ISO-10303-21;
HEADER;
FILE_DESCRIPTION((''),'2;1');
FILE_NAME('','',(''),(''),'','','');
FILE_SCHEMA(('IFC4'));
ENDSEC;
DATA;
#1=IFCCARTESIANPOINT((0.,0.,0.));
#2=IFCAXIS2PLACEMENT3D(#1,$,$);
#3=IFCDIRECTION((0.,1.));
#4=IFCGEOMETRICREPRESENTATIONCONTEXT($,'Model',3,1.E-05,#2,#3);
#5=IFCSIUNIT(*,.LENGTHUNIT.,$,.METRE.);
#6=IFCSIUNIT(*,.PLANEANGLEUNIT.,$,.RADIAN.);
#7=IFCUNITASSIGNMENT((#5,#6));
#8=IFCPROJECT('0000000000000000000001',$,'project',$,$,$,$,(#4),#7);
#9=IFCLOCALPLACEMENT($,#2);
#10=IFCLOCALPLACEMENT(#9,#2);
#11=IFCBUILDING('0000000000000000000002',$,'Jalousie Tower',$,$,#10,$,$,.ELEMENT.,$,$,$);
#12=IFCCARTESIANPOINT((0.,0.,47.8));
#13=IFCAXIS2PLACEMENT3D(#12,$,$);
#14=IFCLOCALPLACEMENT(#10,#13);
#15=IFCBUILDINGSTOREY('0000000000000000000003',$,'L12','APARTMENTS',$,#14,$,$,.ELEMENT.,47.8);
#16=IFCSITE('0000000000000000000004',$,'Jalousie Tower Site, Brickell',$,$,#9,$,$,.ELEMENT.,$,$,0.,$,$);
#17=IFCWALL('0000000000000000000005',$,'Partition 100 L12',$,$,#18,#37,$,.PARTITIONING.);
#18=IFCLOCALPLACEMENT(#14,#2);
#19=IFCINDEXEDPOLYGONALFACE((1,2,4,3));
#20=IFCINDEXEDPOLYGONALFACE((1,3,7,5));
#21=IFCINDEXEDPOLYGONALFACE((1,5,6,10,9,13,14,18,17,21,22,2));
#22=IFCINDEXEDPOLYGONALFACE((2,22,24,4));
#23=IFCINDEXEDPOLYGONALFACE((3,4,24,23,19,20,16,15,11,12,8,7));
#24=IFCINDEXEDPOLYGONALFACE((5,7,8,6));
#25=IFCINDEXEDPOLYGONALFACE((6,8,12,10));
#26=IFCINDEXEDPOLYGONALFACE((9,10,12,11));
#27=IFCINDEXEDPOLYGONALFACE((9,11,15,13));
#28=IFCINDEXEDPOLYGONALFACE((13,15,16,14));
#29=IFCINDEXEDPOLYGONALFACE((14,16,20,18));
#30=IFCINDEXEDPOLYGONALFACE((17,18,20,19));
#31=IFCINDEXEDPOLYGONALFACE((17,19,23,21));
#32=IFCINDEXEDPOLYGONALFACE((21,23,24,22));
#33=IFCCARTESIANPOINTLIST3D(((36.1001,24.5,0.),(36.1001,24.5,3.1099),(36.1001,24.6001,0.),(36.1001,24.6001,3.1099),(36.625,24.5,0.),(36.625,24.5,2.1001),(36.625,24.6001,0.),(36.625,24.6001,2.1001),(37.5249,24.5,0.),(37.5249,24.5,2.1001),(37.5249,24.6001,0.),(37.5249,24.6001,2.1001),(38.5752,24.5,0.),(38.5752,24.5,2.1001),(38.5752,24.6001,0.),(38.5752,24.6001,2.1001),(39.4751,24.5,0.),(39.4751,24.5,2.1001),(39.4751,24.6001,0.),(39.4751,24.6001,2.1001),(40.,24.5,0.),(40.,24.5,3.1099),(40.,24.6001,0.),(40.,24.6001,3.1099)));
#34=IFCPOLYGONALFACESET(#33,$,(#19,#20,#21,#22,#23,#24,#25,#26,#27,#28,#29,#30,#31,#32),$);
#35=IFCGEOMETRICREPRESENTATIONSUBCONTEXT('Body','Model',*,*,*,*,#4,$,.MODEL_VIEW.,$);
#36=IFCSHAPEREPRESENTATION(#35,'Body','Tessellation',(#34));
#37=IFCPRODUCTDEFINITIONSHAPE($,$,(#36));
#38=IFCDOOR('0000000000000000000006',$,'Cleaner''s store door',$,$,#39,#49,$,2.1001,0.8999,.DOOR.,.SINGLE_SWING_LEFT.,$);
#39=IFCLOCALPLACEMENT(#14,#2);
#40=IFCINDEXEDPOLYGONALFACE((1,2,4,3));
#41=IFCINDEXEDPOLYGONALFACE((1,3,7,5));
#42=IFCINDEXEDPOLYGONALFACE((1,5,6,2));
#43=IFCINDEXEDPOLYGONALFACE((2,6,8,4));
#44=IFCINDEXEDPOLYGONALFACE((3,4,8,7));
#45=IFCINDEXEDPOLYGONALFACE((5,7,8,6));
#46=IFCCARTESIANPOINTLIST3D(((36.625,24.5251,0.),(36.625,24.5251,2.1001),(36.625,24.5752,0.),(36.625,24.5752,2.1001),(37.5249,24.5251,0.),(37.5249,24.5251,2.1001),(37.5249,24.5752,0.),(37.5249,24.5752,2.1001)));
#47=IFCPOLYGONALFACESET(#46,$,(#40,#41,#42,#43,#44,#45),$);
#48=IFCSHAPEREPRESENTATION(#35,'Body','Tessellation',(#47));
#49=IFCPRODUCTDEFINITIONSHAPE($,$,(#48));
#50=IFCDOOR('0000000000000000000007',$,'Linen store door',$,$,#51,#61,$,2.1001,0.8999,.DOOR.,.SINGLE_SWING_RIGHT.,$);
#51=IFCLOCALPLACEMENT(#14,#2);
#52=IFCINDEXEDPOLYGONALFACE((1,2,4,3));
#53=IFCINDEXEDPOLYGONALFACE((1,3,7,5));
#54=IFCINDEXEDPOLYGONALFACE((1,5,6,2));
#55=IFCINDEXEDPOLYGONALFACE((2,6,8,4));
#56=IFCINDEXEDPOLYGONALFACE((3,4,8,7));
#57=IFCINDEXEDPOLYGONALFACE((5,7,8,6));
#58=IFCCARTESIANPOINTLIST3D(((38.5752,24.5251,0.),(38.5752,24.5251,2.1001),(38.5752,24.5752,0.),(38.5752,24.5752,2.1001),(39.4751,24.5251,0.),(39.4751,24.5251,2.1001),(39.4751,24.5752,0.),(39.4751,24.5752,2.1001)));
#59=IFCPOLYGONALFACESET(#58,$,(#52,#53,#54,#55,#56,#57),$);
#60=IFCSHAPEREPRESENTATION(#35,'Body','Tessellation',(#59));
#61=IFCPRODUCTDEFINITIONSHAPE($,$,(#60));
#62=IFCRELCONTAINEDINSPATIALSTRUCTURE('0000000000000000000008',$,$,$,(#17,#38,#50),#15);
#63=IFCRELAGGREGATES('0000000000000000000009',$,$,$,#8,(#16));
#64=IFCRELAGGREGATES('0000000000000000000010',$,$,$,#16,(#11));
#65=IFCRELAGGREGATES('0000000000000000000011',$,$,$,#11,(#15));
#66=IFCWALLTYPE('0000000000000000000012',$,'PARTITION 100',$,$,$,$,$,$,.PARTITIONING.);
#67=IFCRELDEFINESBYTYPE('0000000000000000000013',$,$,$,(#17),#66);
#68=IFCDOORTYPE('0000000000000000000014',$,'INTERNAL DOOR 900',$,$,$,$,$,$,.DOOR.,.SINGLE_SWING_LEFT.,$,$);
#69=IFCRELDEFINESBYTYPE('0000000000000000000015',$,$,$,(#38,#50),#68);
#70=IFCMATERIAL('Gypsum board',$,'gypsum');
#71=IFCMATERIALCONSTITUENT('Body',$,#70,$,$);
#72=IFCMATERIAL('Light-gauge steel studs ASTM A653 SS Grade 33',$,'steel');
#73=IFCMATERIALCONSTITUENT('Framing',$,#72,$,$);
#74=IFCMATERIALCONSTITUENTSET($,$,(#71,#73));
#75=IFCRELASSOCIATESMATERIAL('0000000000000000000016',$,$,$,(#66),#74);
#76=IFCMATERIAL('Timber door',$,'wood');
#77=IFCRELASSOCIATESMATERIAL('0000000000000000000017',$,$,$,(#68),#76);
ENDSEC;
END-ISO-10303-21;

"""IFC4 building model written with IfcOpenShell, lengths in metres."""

from ifc_helpers import new_model, si_unit, direction, frame, frame_2d, origin, place, context, subcontext, project, spatial, rectangle, extrude, material, constituent, constituent_set, type_object, element, fill, save


model = new_model("IFC4")

# Units and contexts
model_context = context("Model", 3, precision=1e-05, world=origin(), true_north=direction((0.0, 1.0)))
body_context = subcontext(model_context, "Body", "Model", "MODEL_VIEW")
ifc_project = project(units=[si_unit("LENGTHUNIT", "METRE"), si_unit("PLANEANGLEUNIT", "RADIAN")], contexts=[model_context])

# Site, building, storey
site_placement = place(None, origin())
site = spatial("IfcSite", under=ifc_project, at=site_placement, Name="Jalousie Tower Site, Brickell", CompositionType="ELEMENT", RefElevation=0.0)
building_placement = place(site_placement, origin())
building = spatial("IfcBuilding", under=site, at=building_placement, Name="Jalousie Tower", CompositionType="ELEMENT")
storey_placement = place(building_placement, frame((0.0, 0.0, 47.8)))
storey = spatial("IfcBuildingStorey", under=building, at=storey_placement, Name="L12", Description="APARTMENTS", CompositionType="ELEMENT", Elevation=47.8)

# Shared definitions
ifc_material_1 = material(Name="Gypsum board", Category="gypsum")
ifc_constituent_1 = constituent(ifc_material_1, Name="Body")
ifc_material_2 = material(Name="Light-gauge steel studs ASTM A653 SS Grade 33", Category="steel")
ifc_constituent_2 = constituent(ifc_material_2, Name="Framing")
ifc_constituent_set_1 = constituent_set(constituents=[ifc_constituent_1, ifc_constituent_2])
wall_type_1 = type_object("IfcWallType", Name="PARTITION 100", PredefinedType="PARTITIONING", material=ifc_constituent_set_1)
ifc_material_3 = material(Name="Timber door", Category="wood")
door_type_1 = type_object("IfcDoorType", Name="INTERNAL DOOR 900", OperationType="SINGLE_SWING_LEFT", PredefinedType="DOOR", material=ifc_material_3)

# Wall, openings, doors
wall_1_placement = place(storey_placement, frame((36.1001, 24.55, 0.0), z_axis=(0.0, 0.0, 1.0), x_axis=(1.0, 0.0, 0.0)))
wall_1 = element("IfcWall", 1, at=wall_1_placement, inside=storey, type_object=wall_type_1, Name="Partition 100 L12", PredefinedType="PARTITIONING", context=body_context, shape_type="SweptSolid", body=[
    extrude(rectangle(XDim=3.8999, YDim=0.1001, at=frame_2d((1.95, 0.0))), origin(), (0.0, 0.0, 1.0), 3.1099),
])
opening_1_placement = place(wall_1_placement, frame((0.5249, 0.0, 0.0)))
opening_1 = element("IfcOpeningElement", 2, at=opening_1_placement, cuts=wall_1, PredefinedType="OPENING", context=body_context, shape_type="SweptSolid", body=[
    extrude(rectangle(XDim=0.8999, YDim=2.1001, at=frame_2d((0.45, 1.05))), frame((0.0, 0.0601, 0.0), z_axis=(0.0, -1.0, 0.0), x_axis=(1.0, 0.0, 0.0)), (0.0, 0.0, 1.0), 0.1201),
])
opening_2_placement = place(wall_1_placement, frame((2.4751, 0.0, 0.0)))
opening_2 = element("IfcOpeningElement", 3, at=opening_2_placement, cuts=wall_1, PredefinedType="OPENING", context=body_context, shape_type="SweptSolid", body=[
    extrude(rectangle(XDim=0.8999, YDim=2.1001, at=frame_2d((0.45, 1.05))), frame((0.0, 0.0601, 0.0), z_axis=(0.0, -1.0, 0.0), x_axis=(1.0, 0.0, 0.0)), (0.0, 0.0, 1.0), 0.1201),
])
door_1_placement = place(opening_1_placement, frame((0.8999, 0.0, 0.0), z_axis=(0.0, 0.0, 1.0), x_axis=(-1.0, 0.0, 0.0)))
door_1 = element("IfcDoor", 4, at=door_1_placement, inside=storey, type_object=door_type_1, Name="Cleaner's store door", OperationType="SINGLE_SWING_LEFT", OverallHeight=2.1001, OverallWidth=0.8999, PredefinedType="DOOR", context=body_context, shape_type="SweptSolid", body=[
    extrude(rectangle(XDim=0.8999, YDim=2.1001, at=frame_2d((0.45, 1.05))), frame((0.0, 0.0249, 0.0), z_axis=(0.0, -1.0, 0.0), x_axis=(1.0, 0.0, 0.0)), (0.0, 0.0, 1.0), 0.05),
])
fill(opening_1, door_1)
door_2_placement = place(opening_2_placement, frame((0.8999, 0.0, 0.0), z_axis=(0.0, 0.0, 1.0), x_axis=(-1.0, 0.0, 0.0)))
door_2 = element("IfcDoor", 5, at=door_2_placement, inside=storey, type_object=door_type_1, Name="Linen store door", OperationType="SINGLE_SWING_RIGHT", OverallHeight=2.1001, OverallWidth=0.8999, PredefinedType="DOOR", context=body_context, shape_type="SweptSolid", body=[
    extrude(rectangle(XDim=0.8999, YDim=2.1001, at=frame_2d((0.45, 1.05))), frame((0.0, 0.0249, 0.0), z_axis=(0.0, -1.0, 0.0), x_axis=(1.0, 0.0, 0.0)), (0.0, 0.0, 1.0), 0.05),
])
fill(opening_2, door_2)

save(model, "model.ifc")
